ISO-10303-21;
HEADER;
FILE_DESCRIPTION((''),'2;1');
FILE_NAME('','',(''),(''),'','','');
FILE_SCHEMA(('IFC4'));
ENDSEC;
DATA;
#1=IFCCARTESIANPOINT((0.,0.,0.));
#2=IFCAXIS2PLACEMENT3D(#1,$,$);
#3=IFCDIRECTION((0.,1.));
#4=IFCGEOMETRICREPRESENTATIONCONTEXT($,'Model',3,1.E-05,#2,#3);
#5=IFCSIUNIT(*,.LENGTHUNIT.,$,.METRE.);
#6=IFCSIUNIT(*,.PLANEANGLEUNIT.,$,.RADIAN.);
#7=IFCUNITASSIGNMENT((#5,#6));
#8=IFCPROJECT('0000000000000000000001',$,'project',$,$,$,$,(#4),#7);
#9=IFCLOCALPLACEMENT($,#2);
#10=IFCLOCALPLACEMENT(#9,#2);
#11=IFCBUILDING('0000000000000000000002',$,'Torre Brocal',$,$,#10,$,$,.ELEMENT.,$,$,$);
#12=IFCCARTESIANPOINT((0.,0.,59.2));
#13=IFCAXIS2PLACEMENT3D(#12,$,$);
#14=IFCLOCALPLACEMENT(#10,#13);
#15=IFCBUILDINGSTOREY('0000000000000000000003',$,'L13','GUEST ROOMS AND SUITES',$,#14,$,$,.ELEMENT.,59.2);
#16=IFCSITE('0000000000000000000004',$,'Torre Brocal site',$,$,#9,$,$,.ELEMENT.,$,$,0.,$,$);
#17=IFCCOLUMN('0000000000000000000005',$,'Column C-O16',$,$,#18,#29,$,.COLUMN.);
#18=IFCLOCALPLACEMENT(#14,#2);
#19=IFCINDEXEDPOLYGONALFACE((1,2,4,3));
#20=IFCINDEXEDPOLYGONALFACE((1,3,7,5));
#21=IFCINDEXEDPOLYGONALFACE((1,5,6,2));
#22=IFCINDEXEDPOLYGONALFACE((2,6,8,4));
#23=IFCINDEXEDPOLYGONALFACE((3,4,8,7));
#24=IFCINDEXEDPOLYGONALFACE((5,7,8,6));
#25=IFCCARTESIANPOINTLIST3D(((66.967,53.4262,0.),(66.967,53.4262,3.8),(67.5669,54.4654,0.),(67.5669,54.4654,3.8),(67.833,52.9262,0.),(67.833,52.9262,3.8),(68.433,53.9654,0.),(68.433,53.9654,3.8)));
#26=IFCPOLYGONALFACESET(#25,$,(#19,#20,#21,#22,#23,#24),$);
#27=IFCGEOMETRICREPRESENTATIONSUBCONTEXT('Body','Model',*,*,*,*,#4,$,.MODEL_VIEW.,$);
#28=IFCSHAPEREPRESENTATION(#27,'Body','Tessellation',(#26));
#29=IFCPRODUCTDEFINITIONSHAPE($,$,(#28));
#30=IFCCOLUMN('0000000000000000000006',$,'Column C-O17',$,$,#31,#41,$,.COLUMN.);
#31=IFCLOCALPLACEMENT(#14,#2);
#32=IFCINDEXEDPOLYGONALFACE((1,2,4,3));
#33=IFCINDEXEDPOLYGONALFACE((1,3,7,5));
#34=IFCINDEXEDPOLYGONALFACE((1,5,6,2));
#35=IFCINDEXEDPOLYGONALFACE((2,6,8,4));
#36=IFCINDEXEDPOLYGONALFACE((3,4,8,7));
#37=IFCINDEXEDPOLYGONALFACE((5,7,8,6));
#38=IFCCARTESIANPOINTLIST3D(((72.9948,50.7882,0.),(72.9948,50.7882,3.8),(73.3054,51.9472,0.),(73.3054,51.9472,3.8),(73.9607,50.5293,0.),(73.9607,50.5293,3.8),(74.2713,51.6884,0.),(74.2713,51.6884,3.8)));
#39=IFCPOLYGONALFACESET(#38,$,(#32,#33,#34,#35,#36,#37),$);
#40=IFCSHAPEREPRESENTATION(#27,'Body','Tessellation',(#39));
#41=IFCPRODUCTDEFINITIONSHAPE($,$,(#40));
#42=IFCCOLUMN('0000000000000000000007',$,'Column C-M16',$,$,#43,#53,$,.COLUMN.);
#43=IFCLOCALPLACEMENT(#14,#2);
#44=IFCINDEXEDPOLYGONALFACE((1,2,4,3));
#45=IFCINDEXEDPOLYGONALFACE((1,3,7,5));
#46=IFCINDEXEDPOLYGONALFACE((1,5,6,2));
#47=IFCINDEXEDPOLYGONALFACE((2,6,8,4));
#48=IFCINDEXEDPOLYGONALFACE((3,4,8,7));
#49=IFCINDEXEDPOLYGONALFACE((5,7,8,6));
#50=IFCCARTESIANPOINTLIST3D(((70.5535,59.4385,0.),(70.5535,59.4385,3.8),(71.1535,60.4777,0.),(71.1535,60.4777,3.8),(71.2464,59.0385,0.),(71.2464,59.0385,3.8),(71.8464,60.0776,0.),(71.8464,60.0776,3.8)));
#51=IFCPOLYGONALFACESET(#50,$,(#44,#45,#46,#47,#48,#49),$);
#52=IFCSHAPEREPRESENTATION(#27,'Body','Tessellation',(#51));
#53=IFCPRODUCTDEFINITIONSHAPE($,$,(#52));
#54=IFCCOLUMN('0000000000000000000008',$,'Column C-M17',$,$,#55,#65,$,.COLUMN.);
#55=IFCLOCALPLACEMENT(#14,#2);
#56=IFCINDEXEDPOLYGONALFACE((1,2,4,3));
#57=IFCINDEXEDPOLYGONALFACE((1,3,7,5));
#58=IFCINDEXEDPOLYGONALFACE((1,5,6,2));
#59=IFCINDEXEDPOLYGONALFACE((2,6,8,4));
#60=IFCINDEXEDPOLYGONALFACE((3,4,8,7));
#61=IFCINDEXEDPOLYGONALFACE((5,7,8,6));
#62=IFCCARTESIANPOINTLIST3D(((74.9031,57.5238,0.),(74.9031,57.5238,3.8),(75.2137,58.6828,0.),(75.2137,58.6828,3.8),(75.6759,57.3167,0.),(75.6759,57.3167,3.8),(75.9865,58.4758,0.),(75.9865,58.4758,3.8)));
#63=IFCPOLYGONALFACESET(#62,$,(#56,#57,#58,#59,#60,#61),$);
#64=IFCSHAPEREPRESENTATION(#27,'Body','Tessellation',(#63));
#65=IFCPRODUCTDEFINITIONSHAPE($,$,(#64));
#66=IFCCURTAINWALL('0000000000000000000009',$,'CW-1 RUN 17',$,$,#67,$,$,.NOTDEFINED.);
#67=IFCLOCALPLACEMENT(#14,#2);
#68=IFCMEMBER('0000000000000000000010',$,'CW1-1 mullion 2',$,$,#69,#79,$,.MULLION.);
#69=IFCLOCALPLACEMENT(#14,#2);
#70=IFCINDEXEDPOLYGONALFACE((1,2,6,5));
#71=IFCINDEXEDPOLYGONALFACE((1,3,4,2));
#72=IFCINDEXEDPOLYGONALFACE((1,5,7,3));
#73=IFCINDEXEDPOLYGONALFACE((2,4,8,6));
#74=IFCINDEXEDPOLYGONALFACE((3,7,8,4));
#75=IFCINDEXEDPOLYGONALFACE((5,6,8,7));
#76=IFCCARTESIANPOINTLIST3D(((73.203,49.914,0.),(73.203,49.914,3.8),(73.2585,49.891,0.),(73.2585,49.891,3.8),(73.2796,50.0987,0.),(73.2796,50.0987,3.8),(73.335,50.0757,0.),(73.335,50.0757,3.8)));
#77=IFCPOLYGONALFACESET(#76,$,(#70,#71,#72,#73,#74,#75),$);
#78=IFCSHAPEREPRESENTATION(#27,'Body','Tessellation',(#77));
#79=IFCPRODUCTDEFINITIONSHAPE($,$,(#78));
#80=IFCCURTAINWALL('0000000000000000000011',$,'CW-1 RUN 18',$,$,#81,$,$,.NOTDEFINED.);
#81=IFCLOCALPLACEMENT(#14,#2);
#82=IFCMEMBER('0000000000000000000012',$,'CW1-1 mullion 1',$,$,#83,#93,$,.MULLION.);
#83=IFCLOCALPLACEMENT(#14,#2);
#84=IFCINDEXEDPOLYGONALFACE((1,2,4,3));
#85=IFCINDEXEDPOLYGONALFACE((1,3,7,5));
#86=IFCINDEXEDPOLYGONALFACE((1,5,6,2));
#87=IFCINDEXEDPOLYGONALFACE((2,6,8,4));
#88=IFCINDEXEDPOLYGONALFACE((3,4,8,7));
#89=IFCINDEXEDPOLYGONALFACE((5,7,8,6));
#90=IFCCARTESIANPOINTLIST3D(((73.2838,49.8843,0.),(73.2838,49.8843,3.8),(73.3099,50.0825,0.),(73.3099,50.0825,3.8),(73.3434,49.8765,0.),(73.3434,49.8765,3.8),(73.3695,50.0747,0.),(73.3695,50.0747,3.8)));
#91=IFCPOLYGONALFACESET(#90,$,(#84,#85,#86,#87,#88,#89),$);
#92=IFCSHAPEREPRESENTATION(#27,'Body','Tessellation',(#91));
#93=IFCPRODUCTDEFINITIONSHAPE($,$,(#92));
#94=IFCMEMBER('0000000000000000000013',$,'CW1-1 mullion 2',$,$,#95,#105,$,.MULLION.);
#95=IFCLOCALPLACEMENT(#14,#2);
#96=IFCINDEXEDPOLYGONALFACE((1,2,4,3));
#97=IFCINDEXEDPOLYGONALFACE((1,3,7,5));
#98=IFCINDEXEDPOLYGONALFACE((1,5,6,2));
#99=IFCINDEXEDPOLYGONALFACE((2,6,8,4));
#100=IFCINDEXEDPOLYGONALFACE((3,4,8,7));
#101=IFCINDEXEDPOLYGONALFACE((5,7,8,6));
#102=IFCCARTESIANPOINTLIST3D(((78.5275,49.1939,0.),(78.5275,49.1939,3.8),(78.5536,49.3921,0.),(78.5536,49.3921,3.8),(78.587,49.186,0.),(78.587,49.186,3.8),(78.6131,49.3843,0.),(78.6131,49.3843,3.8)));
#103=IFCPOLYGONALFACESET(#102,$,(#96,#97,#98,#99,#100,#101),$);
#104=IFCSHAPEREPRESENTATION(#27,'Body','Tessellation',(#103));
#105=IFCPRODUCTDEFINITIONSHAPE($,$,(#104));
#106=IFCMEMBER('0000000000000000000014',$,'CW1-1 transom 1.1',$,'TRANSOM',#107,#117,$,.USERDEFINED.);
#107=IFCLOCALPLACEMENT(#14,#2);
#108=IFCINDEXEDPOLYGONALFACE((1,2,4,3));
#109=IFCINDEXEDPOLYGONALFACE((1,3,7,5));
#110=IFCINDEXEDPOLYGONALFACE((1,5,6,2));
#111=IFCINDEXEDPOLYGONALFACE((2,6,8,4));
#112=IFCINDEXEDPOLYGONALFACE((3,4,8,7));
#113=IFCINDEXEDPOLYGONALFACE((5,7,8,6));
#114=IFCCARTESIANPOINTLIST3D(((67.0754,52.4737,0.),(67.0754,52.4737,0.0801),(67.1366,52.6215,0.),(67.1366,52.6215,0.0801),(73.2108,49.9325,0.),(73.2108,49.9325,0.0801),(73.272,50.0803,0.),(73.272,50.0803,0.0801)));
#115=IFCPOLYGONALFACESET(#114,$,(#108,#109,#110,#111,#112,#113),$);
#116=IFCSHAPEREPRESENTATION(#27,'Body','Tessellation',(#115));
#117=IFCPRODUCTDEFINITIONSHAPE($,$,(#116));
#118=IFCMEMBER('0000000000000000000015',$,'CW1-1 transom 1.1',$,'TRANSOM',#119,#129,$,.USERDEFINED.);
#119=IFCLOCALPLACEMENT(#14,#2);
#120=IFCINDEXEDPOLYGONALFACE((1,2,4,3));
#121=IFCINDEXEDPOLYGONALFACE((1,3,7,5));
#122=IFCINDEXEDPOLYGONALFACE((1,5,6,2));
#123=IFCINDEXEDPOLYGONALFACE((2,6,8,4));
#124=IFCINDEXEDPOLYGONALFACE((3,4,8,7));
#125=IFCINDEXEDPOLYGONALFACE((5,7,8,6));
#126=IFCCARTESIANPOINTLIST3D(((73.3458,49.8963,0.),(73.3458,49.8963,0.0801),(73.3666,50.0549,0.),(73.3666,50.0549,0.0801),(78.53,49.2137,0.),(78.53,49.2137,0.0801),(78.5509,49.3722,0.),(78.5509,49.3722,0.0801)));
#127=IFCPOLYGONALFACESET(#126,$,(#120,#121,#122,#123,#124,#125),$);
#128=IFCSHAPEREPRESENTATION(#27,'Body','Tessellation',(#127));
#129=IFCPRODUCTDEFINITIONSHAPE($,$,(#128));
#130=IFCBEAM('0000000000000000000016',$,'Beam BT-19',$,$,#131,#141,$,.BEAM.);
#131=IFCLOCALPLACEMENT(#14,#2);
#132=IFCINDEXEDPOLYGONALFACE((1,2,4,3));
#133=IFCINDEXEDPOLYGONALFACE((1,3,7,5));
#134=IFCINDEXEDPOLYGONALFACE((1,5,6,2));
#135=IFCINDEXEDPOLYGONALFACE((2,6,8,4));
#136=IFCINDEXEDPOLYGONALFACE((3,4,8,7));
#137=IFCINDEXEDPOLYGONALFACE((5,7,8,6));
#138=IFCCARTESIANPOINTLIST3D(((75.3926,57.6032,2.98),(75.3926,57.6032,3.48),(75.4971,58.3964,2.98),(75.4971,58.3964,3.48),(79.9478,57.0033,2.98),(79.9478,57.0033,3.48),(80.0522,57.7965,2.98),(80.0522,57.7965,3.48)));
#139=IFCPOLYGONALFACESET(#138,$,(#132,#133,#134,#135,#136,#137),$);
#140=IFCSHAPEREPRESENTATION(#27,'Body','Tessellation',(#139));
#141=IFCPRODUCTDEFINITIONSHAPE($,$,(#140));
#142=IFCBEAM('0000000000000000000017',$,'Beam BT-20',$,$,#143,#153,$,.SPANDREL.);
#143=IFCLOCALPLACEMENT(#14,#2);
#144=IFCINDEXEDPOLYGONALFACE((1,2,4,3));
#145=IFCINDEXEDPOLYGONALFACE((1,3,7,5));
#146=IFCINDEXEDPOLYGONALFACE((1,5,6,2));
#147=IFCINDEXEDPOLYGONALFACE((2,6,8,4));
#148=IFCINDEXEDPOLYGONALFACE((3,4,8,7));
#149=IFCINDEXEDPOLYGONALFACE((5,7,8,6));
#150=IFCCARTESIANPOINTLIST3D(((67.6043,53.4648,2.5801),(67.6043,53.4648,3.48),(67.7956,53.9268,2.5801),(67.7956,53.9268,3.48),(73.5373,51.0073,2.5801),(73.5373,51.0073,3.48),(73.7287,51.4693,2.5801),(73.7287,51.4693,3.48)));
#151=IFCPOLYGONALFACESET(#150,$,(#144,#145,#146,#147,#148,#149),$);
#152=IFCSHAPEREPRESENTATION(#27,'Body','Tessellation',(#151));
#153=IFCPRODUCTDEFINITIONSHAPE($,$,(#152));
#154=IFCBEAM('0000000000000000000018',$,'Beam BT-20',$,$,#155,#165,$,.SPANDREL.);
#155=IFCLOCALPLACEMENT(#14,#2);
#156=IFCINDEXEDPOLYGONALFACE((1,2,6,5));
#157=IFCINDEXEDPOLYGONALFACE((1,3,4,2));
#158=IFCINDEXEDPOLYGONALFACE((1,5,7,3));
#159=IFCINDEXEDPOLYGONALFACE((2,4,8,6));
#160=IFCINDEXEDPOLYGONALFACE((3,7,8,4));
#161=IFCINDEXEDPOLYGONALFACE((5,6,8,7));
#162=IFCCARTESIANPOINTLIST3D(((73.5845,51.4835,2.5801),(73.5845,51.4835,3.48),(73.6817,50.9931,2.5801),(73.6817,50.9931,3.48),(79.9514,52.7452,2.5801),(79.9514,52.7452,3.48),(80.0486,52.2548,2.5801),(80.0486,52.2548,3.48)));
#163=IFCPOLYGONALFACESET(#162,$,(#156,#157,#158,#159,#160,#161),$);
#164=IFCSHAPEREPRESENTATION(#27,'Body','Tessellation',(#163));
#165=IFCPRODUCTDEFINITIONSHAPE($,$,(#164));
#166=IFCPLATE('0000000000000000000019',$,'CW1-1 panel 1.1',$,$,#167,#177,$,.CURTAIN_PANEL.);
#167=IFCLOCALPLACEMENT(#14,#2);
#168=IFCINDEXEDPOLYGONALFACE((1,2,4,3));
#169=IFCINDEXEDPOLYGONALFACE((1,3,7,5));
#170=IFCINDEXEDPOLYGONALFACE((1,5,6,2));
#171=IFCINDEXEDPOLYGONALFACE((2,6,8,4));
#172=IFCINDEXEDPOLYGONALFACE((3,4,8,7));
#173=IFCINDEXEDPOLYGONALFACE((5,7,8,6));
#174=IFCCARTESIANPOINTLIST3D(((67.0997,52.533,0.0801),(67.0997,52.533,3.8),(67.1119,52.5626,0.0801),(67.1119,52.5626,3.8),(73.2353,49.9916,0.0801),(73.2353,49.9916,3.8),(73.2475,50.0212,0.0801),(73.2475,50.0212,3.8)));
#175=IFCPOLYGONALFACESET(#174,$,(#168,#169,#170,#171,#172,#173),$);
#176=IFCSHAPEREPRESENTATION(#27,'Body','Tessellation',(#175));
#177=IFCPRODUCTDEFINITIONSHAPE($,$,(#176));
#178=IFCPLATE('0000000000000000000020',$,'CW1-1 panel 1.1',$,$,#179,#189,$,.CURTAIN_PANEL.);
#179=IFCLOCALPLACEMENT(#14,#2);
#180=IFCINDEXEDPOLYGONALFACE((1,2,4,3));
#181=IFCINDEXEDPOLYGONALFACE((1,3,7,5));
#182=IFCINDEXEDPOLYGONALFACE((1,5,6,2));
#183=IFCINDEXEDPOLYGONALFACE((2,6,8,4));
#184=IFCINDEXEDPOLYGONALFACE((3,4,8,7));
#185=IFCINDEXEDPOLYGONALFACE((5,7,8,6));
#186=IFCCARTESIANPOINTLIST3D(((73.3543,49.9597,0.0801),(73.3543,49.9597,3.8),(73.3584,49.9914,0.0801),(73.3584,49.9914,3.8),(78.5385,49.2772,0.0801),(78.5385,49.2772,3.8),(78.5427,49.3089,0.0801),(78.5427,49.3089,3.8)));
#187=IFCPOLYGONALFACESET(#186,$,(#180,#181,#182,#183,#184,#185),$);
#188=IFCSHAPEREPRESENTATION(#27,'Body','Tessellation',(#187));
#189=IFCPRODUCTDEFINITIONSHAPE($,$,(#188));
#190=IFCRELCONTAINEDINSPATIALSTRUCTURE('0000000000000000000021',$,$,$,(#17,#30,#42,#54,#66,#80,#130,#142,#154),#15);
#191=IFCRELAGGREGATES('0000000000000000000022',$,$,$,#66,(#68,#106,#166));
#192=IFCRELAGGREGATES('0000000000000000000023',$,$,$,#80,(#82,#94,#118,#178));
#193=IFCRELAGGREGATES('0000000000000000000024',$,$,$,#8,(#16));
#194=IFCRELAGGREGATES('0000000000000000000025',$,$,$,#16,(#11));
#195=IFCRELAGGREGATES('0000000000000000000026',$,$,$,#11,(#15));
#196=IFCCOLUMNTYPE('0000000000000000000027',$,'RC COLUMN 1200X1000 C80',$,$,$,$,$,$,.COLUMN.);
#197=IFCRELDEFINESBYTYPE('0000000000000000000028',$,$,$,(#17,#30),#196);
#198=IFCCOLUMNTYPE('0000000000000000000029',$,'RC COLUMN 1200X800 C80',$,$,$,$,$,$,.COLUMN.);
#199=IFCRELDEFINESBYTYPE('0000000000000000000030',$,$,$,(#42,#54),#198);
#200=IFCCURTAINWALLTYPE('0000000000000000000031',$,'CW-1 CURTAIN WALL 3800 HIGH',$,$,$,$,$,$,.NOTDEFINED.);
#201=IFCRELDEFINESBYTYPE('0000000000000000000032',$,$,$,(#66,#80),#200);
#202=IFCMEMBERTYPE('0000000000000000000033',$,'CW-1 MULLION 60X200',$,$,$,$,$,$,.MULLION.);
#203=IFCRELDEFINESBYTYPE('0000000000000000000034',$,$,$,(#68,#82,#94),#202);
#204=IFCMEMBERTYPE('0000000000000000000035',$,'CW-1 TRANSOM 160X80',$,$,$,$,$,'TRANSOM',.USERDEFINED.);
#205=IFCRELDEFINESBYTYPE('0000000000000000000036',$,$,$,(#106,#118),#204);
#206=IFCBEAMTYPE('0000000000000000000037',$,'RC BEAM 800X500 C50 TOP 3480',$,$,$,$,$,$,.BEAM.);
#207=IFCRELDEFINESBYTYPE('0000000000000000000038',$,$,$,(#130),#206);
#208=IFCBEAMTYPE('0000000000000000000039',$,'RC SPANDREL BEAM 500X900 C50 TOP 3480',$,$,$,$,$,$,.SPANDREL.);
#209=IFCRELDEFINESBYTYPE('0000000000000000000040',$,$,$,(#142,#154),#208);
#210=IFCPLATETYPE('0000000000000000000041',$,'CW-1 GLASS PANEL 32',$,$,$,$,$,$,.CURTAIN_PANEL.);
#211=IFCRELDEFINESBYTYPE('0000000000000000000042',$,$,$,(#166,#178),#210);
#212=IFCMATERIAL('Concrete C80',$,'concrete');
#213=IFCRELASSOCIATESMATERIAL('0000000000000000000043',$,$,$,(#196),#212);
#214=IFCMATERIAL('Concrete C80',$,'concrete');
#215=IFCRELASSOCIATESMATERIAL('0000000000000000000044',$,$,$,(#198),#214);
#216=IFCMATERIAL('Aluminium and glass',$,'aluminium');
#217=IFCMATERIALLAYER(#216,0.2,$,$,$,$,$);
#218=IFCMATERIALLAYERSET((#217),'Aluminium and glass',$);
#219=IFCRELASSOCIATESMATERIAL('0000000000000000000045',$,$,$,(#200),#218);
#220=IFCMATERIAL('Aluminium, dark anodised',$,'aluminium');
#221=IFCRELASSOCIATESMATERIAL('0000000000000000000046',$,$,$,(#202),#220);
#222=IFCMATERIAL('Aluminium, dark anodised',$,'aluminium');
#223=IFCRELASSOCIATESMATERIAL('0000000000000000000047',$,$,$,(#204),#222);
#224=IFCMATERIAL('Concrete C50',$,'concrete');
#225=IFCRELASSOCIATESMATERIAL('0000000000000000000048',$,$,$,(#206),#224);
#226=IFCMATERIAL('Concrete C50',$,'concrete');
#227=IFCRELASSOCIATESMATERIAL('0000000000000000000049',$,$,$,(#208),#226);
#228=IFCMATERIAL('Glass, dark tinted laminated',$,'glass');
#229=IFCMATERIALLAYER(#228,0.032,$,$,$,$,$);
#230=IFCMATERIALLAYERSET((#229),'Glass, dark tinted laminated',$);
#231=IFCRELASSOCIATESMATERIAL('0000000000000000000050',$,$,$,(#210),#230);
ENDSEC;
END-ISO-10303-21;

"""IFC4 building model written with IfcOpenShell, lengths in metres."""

from ifc_helpers import new_model, si_unit, direction, frame, origin, origin_2d, place, context, subcontext, project, spatial, rectangle, extrude, material, layer, layer_set, material_profile, profile_set, type_object, element, aggregate, save


model = new_model("IFC4")

# Units and contexts
model_context = context("Model", 3, precision=1e-05, world=origin(), true_north=direction((0.0, 1.0)))
body_context = subcontext(model_context, "Body", "Model", "MODEL_VIEW")
ifc_project = project(units=[si_unit("LENGTHUNIT", "METRE"), si_unit("PLANEANGLEUNIT", "RADIAN")], contexts=[model_context])

# Site, building, storey
site_placement = place(None, origin())
site = spatial("IfcSite", under=ifc_project, at=site_placement, Name="Torre Brocal site", CompositionType="ELEMENT", RefElevation=0.0)
building_placement = place(site_placement, origin())
building = spatial("IfcBuilding", under=site, at=building_placement, Name="Torre Brocal", CompositionType="ELEMENT")
storey_placement = place(building_placement, frame((0.0, 0.0, 59.2)))
storey = spatial("IfcBuildingStorey", under=building, at=storey_placement, Name="L13", Description="GUEST ROOMS AND SUITES", CompositionType="ELEMENT", Elevation=59.2)

# Columns
ifc_material_1 = material(Name="Concrete C80", Category="concrete")
ifc_material_profile_1 = material_profile(ifc_material_1, rectangle(XDim=1.2, YDim=1.0, at=origin_2d()), Name="RC 1200X1000")
ifc_profile_set_1 = profile_set([ifc_material_profile_1], Name="Concrete C80")
column_type_1 = type_object("IfcColumnType", Name="RC COLUMN 1200X1000 C80", PredefinedType="COLUMN", material=ifc_profile_set_1)
for number, where, z_axis, x_axis, name in (
    (1, (67.7, 53.6958, 0.0), (0.0, 0.0, 1.0), (-0.5, -0.866025, 0.0), "Column C-O16"),
    (2, (73.6331, 51.2383, 0.0), (0.0, 0.0, 1.0), (-0.258819, -0.965926, 0.0), "Column C-O17"),
):
    element("IfcColumn", number, at=place(storey_placement, frame(where, z_axis=z_axis, x_axis=x_axis)), inside=storey, type_object=column_type_1, Name=name, PredefinedType="COLUMN", context=body_context, shape_type="SweptSolid", body=[
        extrude(rectangle(XDim=1.2, YDim=1.0, at=origin_2d()), origin(), (0.0, 0.0, 1.0), 3.8),
    ])
ifc_material_2 = material(Name="Concrete C80", Category="concrete")
ifc_material_profile_2 = material_profile(ifc_material_2, rectangle(XDim=1.2, YDim=0.8, at=origin_2d()), Name="RC 1200X800")
ifc_profile_set_2 = profile_set([ifc_material_profile_2], Name="Concrete C80")
column_type_2 = type_object("IfcColumnType", Name="RC COLUMN 1200X800 C80", PredefinedType="COLUMN", material=ifc_profile_set_2)
for number, where, z_axis, x_axis, name in (
    (3, (71.2, 59.7581, 0.0), (0.0, 0.0, 1.0), (-0.5, -0.866025, 0.0), "Column C-M16"),
    (4, (75.4448, 57.9998, 0.0), (0.0, 0.0, 1.0), (-0.258819, -0.965926, 0.0), "Column C-M17"),
):
    element("IfcColumn", number, at=place(storey_placement, frame(where, z_axis=z_axis, x_axis=x_axis)), inside=storey, type_object=column_type_2, Name=name, PredefinedType="COLUMN", context=body_context, shape_type="SweptSolid", body=[
        extrude(rectangle(XDim=1.2, YDim=0.8, at=origin_2d()), origin(), (0.0, 0.0, 1.0), 3.8),
    ])

# Curtain wall, member
ifc_material_3 = material(Name="Aluminium and glass", Category="aluminium")
ifc_layer_1 = layer(ifc_material_3, 0.2)
ifc_layer_set_1 = layer_set([ifc_layer_1], Name="Aluminium and glass")
curtain_wall_type = type_object("IfcCurtainWallType", Name="CW-1 CURTAIN WALL 3800 HIGH", PredefinedType="NOTDEFINED", material=ifc_layer_set_1)
curtain_wall_1_placement = place(storey_placement, origin())
curtain_wall_1 = element("IfcCurtainWall", 5, at=curtain_wall_1_placement, inside=storey, type_object=curtain_wall_type, Name="CW-1 RUN 17", PredefinedType="NOTDEFINED")
ifc_material_4 = material(Name="Aluminium, dark anodised", Category="aluminium")
ifc_material_profile_3 = material_profile(ifc_material_4, rectangle(XDim=0.2, YDim=0.0601, at=origin_2d()), Name="CW-1 MULLION 60X200")
ifc_profile_set_3 = profile_set([ifc_material_profile_3], Name="Aluminium, dark anodised")
member_type_1 = type_object("IfcMemberType", Name="CW-1 MULLION 60X200", PredefinedType="MULLION", material=ifc_profile_set_3)
member_1_placement = place(storey_placement, frame((73.269, 49.9949, 0.0), z_axis=(0.0, 0.0, 1.0), x_axis=(0.382683, 0.92388, 0.0)))
member_1 = element("IfcMember", 6, at=member_1_placement, type_object=member_type_1, Name="CW1-1 mullion 2", PredefinedType="MULLION", context=body_context, shape_type="SweptSolid", body=[
    extrude(rectangle(XDim=0.2, YDim=0.0601, at=origin_2d()), origin(), (0.0, 0.0, 1.0), 3.8),
])

# Curtain wall, members
curtain_wall_2_placement = place(storey_placement, origin())
curtain_wall_2 = element("IfcCurtainWall", 7, at=curtain_wall_2_placement, inside=storey, type_object=curtain_wall_type, Name="CW-1 RUN 18", PredefinedType="NOTDEFINED")
member_2_placement = place(storey_placement, frame((73.3267, 49.9795, 0.0), z_axis=(0.0, 0.0, 1.0), x_axis=(0.130526, 0.991445, 0.0)))
member_2 = element("IfcMember", 8, at=member_2_placement, type_object=member_type_1, Name="CW1-1 mullion 1", PredefinedType="MULLION", context=body_context, shape_type="SweptSolid", body=[
    extrude(rectangle(XDim=0.2, YDim=0.0601, at=origin_2d()), origin(), (0.0, 0.0, 1.0), 3.8),
])
member_3_placement = place(storey_placement, frame((78.5703, 49.2891, 0.0), z_axis=(0.0, 0.0, 1.0), x_axis=(0.130526, 0.991445, 0.0)))
member_3 = element("IfcMember", 9, at=member_3_placement, type_object=member_type_1, Name="CW1-1 mullion 2", PredefinedType="MULLION", context=body_context, shape_type="SweptSolid", body=[
    extrude(rectangle(XDim=0.2, YDim=0.0601, at=origin_2d()), origin(), (0.0, 0.0, 1.0), 3.8),
])

# Members
ifc_material_5 = material(Name="Aluminium, dark anodised", Category="aluminium")
ifc_material_profile_4 = material_profile(ifc_material_5, rectangle(XDim=0.1599, YDim=0.0801, at=origin_2d()), Name="CW-1 TRANSOM 160X80")
ifc_profile_set_4 = profile_set([ifc_material_profile_4], Name="Aluminium, dark anodised")
member_type_2 = type_object("IfcMemberType", Name="CW-1 TRANSOM 160X80", ElementType="TRANSOM", PredefinedType="USERDEFINED", material=ifc_profile_set_4)
member_4_placement = place(storey_placement, frame((67.106, 52.5476, 0.04), z_axis=(0.923887, -0.382665, 0.0), x_axis=(0.382665, 0.923887, 0.0)))
member_4 = element("IfcMember", 10, at=member_4_placement, type_object=member_type_2, Name="CW1-1 transom 1.1", ObjectType="TRANSOM", PredefinedType="USERDEFINED", context=body_context, shape_type="SweptSolid", body=[
    extrude(rectangle(XDim=0.1599, YDim=0.0801, at=origin_2d()), origin(), (0.0, 0.0, 1.0), 6.6409),
])
member_5_placement = place(storey_placement, frame((73.3562, 49.9756, 0.04), z_axis=(0.991443, -0.130543, 0.0), x_axis=(0.130543, 0.991443, 0.0)))
member_5 = element("IfcMember", 11, at=member_5_placement, type_object=member_type_2, Name="CW1-1 transom 1.1", ObjectType="TRANSOM", PredefinedType="USERDEFINED", context=body_context, shape_type="SweptSolid", body=[
    extrude(rectangle(XDim=0.1599, YDim=0.0801, at=origin_2d()), origin(), (0.0, 0.0, 1.0), 5.229),
])

# Beams
ifc_material_6 = material(Name="Concrete C50", Category="concrete")
ifc_material_profile_5 = material_profile(ifc_material_6, rectangle(XDim=0.8, YDim=0.5, at=origin_2d()), Name="RC 800X500")
ifc_profile_set_5 = profile_set([ifc_material_profile_5], Name="Concrete C50")
beam_type_1 = type_object("IfcBeamType", Name="RC BEAM 800X500 C50 TOP 3480", PredefinedType="BEAM", material=ifc_profile_set_5)
beam_1_placement = place(storey_placement, frame((75.4448, 57.9998, 3.23), z_axis=(0.991441, -0.130559, 0.0), x_axis=(0.130559, 0.991441, 0.0)))
element("IfcBeam", 12, at=beam_1_placement, inside=storey, type_object=beam_type_1, Name="Beam BT-19", PredefinedType="BEAM", context=body_context, shape_type="SweptSolid", body=[
    extrude(rectangle(XDim=0.8, YDim=0.5, at=origin_2d()), origin(), (0.0, 0.0, 1.0), 4.5945),
])
ifc_material_7 = material(Name="Concrete C50", Category="concrete")
ifc_material_profile_6 = material_profile(ifc_material_7, rectangle(XDim=0.5, YDim=0.8999, at=origin_2d()), Name="RC 500X900")
ifc_profile_set_6 = profile_set([ifc_material_profile_6], Name="Concrete C50")
beam_type_2 = type_object("IfcBeamType", Name="RC SPANDREL BEAM 500X900 C50 TOP 3480", PredefinedType="SPANDREL", material=ifc_profile_set_6)
beam_2_placement = place(storey_placement, frame((67.7, 53.6958, 3.03), z_axis=(0.923882, -0.382676, 0.0), x_axis=(0.382676, 0.923882, 0.0)))
element("IfcBeam", 13, at=beam_2_placement, inside=storey, type_object=beam_type_2, Name="Beam BT-20", PredefinedType="SPANDREL", context=body_context, shape_type="SweptSolid", body=[
    extrude(rectangle(XDim=0.5, YDim=0.8999, at=origin_2d()), origin(), (0.0, 0.0, 1.0), 6.4219),
])
beam_3_placement = place(storey_placement, frame((73.6331, 51.2383, 3.03), z_axis=(0.980925, 0.194387, 0.0), x_axis=(-0.194387, 0.980925, 0.0)))
element("IfcBeam", 14, at=beam_3_placement, inside=storey, type_object=beam_type_2, Name="Beam BT-20", PredefinedType="SPANDREL", context=body_context, shape_type="SweptSolid", body=[
    extrude(rectangle(XDim=0.5, YDim=0.8999, at=origin_2d()), origin(), (0.0, 0.0, 1.0), 6.4907),
])

# Plates
ifc_material_8 = material(Name="Glass, dark tinted laminated", Category="glass")
ifc_layer_2 = layer(ifc_material_8, 0.032)
ifc_layer_set_2 = layer_set([ifc_layer_2], Name="Glass, dark tinted laminated")
plate_type = type_object("IfcPlateType", Name="CW-1 GLASS PANEL 32", PredefinedType="CURTAIN_PANEL", material=ifc_layer_set_2)
plate_1_placement = place(storey_placement, frame((70.1736, 51.2771, 0.0801), z_axis=(0.0, 0.0, 1.0), x_axis=(0.92388, -0.382683, 0.0)))
plate_1 = element("IfcPlate", 15, at=plate_1_placement, type_object=plate_type, Name="CW1-1 panel 1.1", PredefinedType="CURTAIN_PANEL", context=body_context, shape_type="SweptSolid", body=[
    extrude(rectangle(XDim=6.6411, YDim=0.032, at=origin_2d()), origin(), (0.0, 0.0, 1.0), 3.72),
])
aggregate(curtain_wall_1, [member_1, member_4, plate_1])
plate_2_placement = place(storey_placement, frame((75.9485, 49.6343, 0.0801), z_axis=(0.0, 0.0, 1.0), x_axis=(0.991445, -0.130526, 0.0)))
plate_2 = element("IfcPlate", 16, at=plate_2_placement, type_object=plate_type, Name="CW1-1 panel 1.1", PredefinedType="CURTAIN_PANEL", context=body_context, shape_type="SweptSolid", body=[
    extrude(rectangle(XDim=5.229, YDim=0.032, at=origin_2d()), origin(), (0.0, 0.0, 1.0), 3.72),
])
aggregate(curtain_wall_2, [member_2, member_3, member_5, plate_2])

save(model, "model.ifc")
